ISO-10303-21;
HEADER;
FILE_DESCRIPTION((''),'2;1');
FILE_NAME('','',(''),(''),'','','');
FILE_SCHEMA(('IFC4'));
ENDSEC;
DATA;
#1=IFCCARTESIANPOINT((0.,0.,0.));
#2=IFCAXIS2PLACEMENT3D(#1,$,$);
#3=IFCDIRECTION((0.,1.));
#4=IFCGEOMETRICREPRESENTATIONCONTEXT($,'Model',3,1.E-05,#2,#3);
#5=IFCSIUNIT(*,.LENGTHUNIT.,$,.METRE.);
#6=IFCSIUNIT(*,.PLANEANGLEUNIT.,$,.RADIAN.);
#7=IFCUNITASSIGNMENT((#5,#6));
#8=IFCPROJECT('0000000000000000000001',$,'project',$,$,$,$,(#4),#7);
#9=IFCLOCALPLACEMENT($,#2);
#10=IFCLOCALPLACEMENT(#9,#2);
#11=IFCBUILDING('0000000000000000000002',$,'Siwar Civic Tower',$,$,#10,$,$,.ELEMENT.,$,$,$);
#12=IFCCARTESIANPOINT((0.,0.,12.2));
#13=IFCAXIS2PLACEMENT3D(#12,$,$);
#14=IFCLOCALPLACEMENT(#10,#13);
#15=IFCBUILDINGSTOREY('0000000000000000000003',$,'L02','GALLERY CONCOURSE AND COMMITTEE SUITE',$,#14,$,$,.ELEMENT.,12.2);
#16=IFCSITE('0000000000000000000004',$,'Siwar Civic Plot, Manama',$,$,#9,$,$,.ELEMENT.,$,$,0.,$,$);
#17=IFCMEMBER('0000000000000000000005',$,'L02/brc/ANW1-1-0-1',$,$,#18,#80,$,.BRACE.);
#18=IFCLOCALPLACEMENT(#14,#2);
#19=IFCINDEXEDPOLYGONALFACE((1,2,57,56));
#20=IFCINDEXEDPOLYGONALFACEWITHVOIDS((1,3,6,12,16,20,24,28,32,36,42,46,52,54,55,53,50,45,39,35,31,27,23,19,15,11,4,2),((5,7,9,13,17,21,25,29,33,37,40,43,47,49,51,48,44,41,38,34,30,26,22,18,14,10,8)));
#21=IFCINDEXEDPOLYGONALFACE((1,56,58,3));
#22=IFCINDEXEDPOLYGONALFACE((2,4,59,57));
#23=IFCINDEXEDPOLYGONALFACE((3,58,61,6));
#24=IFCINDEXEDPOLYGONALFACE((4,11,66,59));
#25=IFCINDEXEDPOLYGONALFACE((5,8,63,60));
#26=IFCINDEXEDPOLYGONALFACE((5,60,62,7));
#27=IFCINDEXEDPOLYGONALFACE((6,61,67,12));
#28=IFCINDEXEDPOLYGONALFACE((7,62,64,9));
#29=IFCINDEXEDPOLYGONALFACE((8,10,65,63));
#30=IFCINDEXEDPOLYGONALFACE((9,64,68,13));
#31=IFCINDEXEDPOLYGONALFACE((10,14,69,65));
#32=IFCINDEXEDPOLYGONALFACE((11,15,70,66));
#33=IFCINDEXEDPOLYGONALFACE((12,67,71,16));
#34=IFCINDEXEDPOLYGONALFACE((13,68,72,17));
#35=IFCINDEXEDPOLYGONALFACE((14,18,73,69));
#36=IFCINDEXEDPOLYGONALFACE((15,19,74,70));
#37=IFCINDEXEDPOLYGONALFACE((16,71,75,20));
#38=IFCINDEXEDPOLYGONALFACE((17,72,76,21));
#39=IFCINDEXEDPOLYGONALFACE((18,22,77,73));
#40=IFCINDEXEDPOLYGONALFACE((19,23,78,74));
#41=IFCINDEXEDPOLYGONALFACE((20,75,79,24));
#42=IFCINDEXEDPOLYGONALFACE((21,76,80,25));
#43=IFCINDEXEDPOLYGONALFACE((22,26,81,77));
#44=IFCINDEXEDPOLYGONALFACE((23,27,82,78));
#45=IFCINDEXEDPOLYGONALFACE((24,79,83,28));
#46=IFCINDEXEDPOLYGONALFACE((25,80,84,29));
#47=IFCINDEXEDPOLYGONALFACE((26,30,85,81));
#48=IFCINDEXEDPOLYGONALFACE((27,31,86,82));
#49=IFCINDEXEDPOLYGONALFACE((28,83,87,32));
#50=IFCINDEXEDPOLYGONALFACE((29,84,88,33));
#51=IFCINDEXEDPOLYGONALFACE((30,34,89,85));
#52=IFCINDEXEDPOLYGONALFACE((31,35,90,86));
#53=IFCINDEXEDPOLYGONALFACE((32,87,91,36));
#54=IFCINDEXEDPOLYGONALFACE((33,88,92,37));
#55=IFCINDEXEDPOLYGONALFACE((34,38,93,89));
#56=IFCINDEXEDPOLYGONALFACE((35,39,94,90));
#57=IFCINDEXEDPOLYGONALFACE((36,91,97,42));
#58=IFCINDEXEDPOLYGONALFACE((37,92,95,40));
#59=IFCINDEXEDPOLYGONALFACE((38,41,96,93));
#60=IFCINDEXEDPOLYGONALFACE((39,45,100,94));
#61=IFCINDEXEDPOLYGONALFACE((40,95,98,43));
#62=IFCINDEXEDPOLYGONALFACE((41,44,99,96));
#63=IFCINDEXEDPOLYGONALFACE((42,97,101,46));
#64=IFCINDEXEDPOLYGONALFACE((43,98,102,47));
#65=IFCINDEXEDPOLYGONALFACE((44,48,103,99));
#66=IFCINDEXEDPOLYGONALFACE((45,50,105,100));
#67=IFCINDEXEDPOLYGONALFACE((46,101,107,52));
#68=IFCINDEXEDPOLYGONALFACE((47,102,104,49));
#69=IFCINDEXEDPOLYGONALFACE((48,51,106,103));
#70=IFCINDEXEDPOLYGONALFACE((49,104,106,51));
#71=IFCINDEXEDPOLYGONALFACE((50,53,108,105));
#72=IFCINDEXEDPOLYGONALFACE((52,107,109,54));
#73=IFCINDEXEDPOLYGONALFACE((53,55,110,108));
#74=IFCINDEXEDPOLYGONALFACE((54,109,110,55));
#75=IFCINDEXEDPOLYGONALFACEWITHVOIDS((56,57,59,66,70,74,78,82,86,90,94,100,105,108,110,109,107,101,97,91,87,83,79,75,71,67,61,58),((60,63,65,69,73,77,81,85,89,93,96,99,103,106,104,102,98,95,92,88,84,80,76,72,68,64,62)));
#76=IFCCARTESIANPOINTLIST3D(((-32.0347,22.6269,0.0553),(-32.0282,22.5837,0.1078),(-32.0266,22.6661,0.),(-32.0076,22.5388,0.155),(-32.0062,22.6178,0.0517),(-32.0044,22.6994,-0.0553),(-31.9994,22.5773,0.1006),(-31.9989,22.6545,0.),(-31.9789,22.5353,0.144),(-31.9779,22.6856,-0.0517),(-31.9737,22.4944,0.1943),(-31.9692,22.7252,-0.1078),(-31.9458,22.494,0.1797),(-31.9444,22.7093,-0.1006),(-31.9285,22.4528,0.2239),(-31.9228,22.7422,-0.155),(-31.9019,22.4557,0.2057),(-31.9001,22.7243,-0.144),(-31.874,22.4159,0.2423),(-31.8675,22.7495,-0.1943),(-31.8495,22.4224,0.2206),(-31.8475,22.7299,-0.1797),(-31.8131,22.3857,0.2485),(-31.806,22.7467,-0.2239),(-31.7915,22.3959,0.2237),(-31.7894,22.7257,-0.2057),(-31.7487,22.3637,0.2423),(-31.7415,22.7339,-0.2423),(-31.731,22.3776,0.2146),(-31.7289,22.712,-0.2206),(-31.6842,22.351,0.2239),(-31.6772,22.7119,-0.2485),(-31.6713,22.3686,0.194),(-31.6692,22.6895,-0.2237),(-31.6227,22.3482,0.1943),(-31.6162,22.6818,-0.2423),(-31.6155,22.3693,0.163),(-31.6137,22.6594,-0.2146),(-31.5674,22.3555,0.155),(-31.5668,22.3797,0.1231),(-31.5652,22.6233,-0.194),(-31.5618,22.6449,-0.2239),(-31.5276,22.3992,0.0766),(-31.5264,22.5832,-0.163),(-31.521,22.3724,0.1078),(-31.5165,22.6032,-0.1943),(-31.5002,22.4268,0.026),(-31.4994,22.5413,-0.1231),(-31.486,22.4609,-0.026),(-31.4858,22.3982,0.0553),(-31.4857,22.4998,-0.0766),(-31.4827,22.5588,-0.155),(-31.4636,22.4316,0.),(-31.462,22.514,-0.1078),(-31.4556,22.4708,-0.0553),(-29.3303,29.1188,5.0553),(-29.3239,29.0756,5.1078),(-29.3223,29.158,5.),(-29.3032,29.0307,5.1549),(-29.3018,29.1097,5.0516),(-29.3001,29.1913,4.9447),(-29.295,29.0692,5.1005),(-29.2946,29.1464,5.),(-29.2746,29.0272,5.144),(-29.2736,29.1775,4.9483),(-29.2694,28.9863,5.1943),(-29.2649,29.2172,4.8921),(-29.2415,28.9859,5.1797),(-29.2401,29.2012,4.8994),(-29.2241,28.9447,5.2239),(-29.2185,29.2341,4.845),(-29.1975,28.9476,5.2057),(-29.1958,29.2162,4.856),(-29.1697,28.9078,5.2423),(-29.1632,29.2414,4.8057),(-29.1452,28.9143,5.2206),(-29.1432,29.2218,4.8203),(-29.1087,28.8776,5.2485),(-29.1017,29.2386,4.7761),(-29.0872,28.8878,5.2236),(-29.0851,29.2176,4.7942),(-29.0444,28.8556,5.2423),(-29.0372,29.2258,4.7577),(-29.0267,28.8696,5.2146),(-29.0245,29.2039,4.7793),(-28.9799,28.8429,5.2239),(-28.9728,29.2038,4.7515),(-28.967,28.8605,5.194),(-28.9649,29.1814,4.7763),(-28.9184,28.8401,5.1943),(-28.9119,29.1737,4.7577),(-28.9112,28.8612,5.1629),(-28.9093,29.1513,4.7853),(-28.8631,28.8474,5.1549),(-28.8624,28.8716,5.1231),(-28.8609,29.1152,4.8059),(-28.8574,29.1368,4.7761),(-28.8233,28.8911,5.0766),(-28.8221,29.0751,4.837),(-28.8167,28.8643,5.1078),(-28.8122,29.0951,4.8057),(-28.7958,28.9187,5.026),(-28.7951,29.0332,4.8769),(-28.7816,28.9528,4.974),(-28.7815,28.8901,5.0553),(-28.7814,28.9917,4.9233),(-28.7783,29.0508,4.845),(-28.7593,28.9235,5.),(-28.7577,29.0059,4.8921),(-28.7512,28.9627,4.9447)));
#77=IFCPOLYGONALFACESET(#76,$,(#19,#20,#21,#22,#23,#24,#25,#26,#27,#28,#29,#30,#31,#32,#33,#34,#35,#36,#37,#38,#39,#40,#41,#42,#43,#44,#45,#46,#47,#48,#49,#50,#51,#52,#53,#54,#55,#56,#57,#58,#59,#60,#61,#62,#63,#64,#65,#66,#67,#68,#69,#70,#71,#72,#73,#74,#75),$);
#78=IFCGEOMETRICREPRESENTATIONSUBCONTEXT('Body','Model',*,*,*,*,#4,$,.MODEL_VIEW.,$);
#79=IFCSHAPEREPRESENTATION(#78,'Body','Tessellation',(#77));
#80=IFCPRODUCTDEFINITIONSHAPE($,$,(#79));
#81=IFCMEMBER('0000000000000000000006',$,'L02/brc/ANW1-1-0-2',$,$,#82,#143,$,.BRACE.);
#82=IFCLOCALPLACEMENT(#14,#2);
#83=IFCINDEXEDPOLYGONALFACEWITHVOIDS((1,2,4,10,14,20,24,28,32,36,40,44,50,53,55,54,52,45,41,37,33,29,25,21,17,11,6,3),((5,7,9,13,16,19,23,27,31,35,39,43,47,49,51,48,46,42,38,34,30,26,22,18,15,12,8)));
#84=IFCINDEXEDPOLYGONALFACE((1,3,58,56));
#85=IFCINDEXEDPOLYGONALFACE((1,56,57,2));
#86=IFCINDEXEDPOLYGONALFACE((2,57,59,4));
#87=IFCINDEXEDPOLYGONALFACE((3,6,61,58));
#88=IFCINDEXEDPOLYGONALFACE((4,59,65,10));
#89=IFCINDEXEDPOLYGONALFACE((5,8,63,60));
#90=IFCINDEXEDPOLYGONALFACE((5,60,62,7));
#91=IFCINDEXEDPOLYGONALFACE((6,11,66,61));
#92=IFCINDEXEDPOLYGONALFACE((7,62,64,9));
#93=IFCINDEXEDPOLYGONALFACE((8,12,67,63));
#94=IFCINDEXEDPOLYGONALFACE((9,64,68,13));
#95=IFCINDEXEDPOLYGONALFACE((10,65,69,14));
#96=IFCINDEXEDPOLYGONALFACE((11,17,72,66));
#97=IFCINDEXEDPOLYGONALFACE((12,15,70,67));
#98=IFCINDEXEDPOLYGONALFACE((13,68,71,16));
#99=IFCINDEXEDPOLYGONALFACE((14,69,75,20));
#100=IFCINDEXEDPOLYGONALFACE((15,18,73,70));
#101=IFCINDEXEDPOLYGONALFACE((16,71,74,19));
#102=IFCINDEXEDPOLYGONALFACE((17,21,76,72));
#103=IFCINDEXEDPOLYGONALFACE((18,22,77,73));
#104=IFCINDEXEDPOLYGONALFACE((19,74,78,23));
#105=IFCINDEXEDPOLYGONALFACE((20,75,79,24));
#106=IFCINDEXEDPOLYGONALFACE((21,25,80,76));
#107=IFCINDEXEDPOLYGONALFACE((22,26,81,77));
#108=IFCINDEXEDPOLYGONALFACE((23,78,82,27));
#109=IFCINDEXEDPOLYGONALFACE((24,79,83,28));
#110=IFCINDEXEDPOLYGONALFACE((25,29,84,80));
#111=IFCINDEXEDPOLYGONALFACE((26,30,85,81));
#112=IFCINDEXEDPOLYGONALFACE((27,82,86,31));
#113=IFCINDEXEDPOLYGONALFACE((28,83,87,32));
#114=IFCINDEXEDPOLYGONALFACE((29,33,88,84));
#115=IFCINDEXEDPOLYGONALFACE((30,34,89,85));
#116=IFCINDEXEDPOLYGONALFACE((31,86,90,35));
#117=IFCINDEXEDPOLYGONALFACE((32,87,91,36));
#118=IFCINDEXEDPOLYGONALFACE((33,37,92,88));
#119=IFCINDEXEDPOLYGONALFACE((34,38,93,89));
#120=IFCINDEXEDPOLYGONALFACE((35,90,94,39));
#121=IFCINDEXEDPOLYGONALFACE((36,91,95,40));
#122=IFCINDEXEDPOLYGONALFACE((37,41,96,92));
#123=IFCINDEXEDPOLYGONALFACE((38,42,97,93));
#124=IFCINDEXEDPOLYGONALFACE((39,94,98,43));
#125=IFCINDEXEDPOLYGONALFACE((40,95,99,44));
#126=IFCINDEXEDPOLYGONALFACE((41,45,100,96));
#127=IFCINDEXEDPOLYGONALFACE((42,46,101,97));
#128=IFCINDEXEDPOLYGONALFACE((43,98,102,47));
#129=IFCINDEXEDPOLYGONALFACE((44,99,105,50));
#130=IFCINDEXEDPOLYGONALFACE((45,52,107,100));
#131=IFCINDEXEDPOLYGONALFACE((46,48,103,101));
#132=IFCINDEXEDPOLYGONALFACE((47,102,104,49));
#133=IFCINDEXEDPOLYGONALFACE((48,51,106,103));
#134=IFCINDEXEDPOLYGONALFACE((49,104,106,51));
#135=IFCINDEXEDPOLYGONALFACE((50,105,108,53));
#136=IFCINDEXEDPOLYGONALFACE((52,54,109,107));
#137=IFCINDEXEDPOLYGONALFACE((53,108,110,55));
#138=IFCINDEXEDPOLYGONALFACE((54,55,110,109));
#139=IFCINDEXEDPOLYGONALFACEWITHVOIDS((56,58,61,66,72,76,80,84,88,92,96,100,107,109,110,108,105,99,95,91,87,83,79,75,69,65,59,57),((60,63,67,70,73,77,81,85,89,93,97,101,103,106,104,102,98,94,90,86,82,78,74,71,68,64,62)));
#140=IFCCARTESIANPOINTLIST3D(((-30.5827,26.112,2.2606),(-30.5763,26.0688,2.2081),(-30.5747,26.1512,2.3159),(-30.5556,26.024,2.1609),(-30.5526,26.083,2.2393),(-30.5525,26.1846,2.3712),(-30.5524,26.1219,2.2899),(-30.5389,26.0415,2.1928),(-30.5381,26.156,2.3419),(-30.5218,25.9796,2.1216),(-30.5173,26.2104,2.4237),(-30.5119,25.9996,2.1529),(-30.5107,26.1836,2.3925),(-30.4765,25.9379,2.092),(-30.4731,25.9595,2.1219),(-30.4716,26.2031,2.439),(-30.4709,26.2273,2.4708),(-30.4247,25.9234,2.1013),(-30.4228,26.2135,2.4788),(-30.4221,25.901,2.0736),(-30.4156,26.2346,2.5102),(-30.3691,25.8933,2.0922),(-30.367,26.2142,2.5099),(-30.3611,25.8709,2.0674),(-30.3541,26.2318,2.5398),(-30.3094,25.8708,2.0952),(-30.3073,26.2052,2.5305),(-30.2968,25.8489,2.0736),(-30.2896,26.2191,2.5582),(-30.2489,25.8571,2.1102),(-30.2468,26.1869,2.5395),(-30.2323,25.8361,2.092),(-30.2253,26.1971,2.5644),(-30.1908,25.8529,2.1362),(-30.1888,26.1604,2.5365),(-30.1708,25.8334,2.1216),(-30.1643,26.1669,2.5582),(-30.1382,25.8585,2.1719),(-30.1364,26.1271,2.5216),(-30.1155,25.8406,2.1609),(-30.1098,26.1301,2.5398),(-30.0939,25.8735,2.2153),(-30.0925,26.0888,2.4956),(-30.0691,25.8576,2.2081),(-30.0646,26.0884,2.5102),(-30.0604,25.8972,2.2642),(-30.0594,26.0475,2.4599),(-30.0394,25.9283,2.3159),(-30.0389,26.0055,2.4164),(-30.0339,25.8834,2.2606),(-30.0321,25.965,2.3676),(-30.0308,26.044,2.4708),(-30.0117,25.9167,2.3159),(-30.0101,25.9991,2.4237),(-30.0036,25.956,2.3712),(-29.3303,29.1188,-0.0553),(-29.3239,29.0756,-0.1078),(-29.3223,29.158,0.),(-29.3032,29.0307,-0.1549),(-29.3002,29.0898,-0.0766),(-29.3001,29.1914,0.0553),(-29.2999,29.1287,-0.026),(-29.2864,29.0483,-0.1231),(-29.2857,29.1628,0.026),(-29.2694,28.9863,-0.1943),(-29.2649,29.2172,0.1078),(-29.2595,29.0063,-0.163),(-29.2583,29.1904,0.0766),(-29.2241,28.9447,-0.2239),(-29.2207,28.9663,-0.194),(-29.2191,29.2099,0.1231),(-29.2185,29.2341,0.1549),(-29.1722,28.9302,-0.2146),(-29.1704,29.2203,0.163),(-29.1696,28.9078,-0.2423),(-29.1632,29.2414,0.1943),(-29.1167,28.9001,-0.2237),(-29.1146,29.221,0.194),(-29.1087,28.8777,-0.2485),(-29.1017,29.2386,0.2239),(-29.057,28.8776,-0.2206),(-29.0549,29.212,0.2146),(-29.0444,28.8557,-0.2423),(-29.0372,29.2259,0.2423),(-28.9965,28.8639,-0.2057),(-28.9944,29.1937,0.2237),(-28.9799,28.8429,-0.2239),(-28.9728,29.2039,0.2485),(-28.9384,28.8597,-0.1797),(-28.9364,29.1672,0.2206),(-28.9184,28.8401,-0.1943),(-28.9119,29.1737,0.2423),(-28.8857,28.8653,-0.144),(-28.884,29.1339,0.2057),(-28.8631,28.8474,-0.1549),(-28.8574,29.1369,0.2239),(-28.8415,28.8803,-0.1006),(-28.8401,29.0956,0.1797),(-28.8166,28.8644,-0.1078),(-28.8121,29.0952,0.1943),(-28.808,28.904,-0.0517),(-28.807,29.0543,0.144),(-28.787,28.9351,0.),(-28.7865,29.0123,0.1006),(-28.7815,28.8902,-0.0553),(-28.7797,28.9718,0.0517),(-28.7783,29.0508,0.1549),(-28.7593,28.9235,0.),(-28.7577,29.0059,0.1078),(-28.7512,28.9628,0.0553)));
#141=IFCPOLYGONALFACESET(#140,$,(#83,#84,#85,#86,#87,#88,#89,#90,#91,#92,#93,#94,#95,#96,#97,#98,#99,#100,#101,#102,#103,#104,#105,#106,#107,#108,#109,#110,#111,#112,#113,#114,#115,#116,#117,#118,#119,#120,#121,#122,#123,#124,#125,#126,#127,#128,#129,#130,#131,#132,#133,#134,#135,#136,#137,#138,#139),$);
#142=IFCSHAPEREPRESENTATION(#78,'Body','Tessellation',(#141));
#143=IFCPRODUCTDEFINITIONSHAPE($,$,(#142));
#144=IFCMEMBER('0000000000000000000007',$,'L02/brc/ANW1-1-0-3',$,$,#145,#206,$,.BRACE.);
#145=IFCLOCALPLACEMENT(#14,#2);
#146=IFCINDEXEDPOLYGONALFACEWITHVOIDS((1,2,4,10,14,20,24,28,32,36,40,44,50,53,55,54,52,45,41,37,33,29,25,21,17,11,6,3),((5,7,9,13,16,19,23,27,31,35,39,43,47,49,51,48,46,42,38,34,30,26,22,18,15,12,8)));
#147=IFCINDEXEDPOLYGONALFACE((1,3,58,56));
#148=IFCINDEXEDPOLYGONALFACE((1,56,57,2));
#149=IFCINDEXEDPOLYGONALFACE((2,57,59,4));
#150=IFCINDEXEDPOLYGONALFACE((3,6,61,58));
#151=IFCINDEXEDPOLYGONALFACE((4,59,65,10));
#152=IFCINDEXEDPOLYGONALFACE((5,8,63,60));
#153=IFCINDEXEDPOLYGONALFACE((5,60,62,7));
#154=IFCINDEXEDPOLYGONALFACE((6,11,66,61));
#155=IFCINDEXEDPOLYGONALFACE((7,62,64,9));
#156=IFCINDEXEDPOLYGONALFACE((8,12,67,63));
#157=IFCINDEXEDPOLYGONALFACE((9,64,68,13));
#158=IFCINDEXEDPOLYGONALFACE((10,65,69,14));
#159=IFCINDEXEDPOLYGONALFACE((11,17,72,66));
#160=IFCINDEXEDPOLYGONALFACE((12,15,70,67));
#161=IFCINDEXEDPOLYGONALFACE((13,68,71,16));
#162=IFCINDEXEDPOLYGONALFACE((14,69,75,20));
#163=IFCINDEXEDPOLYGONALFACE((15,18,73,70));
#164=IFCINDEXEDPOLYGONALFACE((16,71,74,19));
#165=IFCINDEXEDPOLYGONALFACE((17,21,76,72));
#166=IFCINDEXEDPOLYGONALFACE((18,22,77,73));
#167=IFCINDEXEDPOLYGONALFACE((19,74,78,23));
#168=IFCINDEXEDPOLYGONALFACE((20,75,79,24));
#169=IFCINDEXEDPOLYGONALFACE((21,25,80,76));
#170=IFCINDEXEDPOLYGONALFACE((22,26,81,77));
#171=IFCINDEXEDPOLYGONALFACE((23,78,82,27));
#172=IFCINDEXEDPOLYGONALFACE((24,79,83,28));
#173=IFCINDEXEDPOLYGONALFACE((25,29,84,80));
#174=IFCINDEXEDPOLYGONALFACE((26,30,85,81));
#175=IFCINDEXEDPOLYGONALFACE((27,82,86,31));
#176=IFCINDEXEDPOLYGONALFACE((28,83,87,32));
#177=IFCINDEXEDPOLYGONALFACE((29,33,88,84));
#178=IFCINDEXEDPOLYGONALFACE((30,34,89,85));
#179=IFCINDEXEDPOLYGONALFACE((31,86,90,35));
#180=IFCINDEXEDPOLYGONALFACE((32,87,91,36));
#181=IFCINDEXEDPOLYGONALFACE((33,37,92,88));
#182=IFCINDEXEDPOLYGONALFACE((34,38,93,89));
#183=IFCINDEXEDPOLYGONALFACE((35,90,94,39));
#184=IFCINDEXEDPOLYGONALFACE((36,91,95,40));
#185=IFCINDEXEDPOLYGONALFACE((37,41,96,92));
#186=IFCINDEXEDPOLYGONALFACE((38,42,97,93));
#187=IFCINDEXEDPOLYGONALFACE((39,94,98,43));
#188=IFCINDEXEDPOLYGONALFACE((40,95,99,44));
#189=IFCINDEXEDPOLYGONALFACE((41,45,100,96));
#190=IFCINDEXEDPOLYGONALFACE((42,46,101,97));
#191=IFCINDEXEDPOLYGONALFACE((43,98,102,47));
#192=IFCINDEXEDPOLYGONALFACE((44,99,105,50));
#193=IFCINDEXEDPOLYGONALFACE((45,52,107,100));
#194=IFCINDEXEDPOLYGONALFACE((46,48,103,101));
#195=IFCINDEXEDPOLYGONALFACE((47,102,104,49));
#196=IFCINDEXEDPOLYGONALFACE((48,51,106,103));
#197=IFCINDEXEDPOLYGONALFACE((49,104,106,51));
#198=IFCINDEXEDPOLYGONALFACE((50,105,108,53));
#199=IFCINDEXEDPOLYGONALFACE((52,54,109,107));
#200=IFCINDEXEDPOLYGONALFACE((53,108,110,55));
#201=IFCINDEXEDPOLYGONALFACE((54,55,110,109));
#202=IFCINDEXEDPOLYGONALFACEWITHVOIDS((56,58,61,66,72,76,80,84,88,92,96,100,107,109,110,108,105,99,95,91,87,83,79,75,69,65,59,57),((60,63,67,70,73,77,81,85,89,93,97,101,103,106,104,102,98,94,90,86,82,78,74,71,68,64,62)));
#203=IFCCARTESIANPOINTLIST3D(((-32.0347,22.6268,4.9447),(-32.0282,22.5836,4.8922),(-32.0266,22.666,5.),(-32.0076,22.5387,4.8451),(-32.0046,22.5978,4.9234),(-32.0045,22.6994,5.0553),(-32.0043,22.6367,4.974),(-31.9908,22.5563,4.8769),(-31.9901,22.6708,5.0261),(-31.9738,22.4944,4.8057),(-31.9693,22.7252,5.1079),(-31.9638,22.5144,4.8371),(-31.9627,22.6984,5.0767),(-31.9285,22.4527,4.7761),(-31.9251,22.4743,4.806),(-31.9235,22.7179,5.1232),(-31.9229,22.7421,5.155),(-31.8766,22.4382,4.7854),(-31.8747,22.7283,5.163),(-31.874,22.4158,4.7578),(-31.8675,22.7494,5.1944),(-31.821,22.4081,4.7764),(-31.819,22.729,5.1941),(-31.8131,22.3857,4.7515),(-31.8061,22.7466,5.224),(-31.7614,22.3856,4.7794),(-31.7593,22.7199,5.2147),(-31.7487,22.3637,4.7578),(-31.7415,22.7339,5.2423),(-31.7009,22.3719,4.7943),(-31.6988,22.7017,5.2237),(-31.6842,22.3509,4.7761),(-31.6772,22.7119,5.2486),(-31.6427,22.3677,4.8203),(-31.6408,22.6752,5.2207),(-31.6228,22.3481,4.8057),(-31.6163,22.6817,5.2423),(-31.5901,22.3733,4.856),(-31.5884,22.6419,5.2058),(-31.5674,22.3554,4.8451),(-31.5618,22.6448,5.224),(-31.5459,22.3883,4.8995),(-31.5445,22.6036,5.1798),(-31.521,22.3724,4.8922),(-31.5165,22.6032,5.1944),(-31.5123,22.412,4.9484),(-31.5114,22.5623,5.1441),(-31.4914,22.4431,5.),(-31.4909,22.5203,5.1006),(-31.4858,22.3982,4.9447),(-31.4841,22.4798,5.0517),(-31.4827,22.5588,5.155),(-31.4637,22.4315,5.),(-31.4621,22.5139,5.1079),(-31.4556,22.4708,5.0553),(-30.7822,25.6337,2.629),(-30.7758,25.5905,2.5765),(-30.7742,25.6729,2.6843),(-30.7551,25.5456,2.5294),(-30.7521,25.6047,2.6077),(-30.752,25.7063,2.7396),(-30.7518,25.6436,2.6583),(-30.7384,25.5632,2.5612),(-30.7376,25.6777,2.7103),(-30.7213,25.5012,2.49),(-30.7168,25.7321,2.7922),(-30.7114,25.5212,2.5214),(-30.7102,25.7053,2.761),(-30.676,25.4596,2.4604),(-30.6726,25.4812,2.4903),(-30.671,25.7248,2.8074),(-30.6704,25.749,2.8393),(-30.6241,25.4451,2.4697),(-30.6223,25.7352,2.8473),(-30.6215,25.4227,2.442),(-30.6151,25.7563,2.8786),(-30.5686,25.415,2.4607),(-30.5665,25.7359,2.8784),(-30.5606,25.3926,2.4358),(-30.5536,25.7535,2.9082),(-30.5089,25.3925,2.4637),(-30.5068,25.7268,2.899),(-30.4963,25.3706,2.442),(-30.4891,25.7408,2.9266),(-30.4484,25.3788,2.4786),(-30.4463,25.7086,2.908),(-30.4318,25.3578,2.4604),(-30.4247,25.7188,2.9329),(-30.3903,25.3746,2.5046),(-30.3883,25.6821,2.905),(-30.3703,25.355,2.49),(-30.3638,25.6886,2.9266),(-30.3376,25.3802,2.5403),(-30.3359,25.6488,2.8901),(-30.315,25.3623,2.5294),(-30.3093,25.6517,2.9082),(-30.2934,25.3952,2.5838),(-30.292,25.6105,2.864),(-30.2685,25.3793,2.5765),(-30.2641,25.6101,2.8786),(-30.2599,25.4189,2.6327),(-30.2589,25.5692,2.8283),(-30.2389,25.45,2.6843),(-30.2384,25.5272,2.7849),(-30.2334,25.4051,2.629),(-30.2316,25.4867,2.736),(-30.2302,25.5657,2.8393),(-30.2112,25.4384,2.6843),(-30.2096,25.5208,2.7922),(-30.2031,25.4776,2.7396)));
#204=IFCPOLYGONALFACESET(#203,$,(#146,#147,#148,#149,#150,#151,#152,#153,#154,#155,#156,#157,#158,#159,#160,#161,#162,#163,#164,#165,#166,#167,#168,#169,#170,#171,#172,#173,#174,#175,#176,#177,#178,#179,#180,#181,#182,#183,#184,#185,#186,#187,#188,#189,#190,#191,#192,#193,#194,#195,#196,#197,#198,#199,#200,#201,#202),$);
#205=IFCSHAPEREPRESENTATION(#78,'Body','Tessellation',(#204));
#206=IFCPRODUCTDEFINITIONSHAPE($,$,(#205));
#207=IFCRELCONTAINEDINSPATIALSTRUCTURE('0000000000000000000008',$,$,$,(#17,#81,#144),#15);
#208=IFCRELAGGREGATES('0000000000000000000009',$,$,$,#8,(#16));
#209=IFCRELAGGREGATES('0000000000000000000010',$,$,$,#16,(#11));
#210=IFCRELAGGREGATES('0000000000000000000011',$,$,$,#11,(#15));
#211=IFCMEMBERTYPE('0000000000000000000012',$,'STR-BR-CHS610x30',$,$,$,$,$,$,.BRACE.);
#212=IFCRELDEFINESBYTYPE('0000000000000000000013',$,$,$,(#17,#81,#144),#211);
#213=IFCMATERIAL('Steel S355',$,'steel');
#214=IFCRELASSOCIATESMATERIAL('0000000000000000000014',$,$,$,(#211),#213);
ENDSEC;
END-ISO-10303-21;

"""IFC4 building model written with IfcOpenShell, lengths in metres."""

from ifc_helpers import new_model, si_unit, direction, frame, origin, origin_2d, place, context, subcontext, project, spatial, hollow_circle, extrude, material, material_profile, profile_set, type_object, element, save


model = new_model("IFC4")

# Units and contexts
model_context = context("Model", 3, precision=1e-05, world=origin(), true_north=direction((0.0, 1.0)))
body_context = subcontext(model_context, "Body", "Model", "MODEL_VIEW")
ifc_project = project(units=[si_unit("LENGTHUNIT", "METRE"), si_unit("PLANEANGLEUNIT", "RADIAN")], contexts=[model_context])

# Site, building, storey
site_placement = place(None, origin())
site = spatial("IfcSite", under=ifc_project, at=site_placement, Name="Siwar Civic Plot, Manama", CompositionType="ELEMENT", RefElevation=0.0)
building_placement = place(site_placement, origin())
building = spatial("IfcBuilding", under=site, at=building_placement, Name="Siwar Civic Tower", CompositionType="ELEMENT")
storey_placement = place(building_placement, frame((0.0, 0.0, 12.2)))
storey = spatial("IfcBuildingStorey", under=building, at=storey_placement, Name="L02", Description="GALLERY CONCOURSE AND COMMITTEE SUITE", CompositionType="ELEMENT", Elevation=12.2)

# Members
ifc_material_1 = material(Name="Steel S355", Category="steel")
ifc_material_profile_1 = material_profile(ifc_material_1, hollow_circle(Radius=0.3049, WallThickness=0.03, at=origin_2d()), Name="CHS610x30")
ifc_profile_set_1 = profile_set([ifc_material_profile_1], Name="Steel S355")
member_type_1 = type_object("IfcMemberType", Name="STR-BR-CHS610x30", PredefinedType="BRACE", material=ifc_profile_set_1)
member_1_placement = place(storey_placement, frame((-31.7451, 22.5488, 0.0), z_axis=(0.313404, 0.752344, 0.579445), x_axis=(-0.923109, 0.384539, 0.0)))
element("IfcMember", 1, at=member_1_placement, inside=storey, type_object=member_type_1, Name="L02/brc/ANW1-1-0-1", PredefinedType="BRACE", context=body_context, shape_type="SweptSolid", body=[
    extrude(hollow_circle(Radius=0.3049, WallThickness=0.03, at=origin_2d()), origin(), (0.0, 0.0, 1.0), 8.6289),
])
for number, where, z_axis, x_axis, name in (
    (2, (-29.0408, 29.0408, 0.0), (-0.313373, -0.752341, 0.579466), (0.923121, -0.384509, 0.0), "L02/brc/ANW1-1-0-2"),
    (3, (-30.4927, 25.5557, 2.6843), (-0.313385, -0.752367, 0.579425), (0.923121, -0.384509, 0.0), "L02/brc/ANW1-1-0-3"),
):
    element("IfcMember", number, at=place(storey_placement, frame(where, z_axis=z_axis, x_axis=x_axis)), inside=storey, type_object=member_type_1, Name=name, PredefinedType="BRACE", context=body_context, shape_type="SweptSolid", body=[
        extrude(hollow_circle(Radius=0.3049, WallThickness=0.03, at=origin_2d()), origin(), (0.0, 0.0, 1.0), 3.9966),
    ])

save(model, "model.ifc")
